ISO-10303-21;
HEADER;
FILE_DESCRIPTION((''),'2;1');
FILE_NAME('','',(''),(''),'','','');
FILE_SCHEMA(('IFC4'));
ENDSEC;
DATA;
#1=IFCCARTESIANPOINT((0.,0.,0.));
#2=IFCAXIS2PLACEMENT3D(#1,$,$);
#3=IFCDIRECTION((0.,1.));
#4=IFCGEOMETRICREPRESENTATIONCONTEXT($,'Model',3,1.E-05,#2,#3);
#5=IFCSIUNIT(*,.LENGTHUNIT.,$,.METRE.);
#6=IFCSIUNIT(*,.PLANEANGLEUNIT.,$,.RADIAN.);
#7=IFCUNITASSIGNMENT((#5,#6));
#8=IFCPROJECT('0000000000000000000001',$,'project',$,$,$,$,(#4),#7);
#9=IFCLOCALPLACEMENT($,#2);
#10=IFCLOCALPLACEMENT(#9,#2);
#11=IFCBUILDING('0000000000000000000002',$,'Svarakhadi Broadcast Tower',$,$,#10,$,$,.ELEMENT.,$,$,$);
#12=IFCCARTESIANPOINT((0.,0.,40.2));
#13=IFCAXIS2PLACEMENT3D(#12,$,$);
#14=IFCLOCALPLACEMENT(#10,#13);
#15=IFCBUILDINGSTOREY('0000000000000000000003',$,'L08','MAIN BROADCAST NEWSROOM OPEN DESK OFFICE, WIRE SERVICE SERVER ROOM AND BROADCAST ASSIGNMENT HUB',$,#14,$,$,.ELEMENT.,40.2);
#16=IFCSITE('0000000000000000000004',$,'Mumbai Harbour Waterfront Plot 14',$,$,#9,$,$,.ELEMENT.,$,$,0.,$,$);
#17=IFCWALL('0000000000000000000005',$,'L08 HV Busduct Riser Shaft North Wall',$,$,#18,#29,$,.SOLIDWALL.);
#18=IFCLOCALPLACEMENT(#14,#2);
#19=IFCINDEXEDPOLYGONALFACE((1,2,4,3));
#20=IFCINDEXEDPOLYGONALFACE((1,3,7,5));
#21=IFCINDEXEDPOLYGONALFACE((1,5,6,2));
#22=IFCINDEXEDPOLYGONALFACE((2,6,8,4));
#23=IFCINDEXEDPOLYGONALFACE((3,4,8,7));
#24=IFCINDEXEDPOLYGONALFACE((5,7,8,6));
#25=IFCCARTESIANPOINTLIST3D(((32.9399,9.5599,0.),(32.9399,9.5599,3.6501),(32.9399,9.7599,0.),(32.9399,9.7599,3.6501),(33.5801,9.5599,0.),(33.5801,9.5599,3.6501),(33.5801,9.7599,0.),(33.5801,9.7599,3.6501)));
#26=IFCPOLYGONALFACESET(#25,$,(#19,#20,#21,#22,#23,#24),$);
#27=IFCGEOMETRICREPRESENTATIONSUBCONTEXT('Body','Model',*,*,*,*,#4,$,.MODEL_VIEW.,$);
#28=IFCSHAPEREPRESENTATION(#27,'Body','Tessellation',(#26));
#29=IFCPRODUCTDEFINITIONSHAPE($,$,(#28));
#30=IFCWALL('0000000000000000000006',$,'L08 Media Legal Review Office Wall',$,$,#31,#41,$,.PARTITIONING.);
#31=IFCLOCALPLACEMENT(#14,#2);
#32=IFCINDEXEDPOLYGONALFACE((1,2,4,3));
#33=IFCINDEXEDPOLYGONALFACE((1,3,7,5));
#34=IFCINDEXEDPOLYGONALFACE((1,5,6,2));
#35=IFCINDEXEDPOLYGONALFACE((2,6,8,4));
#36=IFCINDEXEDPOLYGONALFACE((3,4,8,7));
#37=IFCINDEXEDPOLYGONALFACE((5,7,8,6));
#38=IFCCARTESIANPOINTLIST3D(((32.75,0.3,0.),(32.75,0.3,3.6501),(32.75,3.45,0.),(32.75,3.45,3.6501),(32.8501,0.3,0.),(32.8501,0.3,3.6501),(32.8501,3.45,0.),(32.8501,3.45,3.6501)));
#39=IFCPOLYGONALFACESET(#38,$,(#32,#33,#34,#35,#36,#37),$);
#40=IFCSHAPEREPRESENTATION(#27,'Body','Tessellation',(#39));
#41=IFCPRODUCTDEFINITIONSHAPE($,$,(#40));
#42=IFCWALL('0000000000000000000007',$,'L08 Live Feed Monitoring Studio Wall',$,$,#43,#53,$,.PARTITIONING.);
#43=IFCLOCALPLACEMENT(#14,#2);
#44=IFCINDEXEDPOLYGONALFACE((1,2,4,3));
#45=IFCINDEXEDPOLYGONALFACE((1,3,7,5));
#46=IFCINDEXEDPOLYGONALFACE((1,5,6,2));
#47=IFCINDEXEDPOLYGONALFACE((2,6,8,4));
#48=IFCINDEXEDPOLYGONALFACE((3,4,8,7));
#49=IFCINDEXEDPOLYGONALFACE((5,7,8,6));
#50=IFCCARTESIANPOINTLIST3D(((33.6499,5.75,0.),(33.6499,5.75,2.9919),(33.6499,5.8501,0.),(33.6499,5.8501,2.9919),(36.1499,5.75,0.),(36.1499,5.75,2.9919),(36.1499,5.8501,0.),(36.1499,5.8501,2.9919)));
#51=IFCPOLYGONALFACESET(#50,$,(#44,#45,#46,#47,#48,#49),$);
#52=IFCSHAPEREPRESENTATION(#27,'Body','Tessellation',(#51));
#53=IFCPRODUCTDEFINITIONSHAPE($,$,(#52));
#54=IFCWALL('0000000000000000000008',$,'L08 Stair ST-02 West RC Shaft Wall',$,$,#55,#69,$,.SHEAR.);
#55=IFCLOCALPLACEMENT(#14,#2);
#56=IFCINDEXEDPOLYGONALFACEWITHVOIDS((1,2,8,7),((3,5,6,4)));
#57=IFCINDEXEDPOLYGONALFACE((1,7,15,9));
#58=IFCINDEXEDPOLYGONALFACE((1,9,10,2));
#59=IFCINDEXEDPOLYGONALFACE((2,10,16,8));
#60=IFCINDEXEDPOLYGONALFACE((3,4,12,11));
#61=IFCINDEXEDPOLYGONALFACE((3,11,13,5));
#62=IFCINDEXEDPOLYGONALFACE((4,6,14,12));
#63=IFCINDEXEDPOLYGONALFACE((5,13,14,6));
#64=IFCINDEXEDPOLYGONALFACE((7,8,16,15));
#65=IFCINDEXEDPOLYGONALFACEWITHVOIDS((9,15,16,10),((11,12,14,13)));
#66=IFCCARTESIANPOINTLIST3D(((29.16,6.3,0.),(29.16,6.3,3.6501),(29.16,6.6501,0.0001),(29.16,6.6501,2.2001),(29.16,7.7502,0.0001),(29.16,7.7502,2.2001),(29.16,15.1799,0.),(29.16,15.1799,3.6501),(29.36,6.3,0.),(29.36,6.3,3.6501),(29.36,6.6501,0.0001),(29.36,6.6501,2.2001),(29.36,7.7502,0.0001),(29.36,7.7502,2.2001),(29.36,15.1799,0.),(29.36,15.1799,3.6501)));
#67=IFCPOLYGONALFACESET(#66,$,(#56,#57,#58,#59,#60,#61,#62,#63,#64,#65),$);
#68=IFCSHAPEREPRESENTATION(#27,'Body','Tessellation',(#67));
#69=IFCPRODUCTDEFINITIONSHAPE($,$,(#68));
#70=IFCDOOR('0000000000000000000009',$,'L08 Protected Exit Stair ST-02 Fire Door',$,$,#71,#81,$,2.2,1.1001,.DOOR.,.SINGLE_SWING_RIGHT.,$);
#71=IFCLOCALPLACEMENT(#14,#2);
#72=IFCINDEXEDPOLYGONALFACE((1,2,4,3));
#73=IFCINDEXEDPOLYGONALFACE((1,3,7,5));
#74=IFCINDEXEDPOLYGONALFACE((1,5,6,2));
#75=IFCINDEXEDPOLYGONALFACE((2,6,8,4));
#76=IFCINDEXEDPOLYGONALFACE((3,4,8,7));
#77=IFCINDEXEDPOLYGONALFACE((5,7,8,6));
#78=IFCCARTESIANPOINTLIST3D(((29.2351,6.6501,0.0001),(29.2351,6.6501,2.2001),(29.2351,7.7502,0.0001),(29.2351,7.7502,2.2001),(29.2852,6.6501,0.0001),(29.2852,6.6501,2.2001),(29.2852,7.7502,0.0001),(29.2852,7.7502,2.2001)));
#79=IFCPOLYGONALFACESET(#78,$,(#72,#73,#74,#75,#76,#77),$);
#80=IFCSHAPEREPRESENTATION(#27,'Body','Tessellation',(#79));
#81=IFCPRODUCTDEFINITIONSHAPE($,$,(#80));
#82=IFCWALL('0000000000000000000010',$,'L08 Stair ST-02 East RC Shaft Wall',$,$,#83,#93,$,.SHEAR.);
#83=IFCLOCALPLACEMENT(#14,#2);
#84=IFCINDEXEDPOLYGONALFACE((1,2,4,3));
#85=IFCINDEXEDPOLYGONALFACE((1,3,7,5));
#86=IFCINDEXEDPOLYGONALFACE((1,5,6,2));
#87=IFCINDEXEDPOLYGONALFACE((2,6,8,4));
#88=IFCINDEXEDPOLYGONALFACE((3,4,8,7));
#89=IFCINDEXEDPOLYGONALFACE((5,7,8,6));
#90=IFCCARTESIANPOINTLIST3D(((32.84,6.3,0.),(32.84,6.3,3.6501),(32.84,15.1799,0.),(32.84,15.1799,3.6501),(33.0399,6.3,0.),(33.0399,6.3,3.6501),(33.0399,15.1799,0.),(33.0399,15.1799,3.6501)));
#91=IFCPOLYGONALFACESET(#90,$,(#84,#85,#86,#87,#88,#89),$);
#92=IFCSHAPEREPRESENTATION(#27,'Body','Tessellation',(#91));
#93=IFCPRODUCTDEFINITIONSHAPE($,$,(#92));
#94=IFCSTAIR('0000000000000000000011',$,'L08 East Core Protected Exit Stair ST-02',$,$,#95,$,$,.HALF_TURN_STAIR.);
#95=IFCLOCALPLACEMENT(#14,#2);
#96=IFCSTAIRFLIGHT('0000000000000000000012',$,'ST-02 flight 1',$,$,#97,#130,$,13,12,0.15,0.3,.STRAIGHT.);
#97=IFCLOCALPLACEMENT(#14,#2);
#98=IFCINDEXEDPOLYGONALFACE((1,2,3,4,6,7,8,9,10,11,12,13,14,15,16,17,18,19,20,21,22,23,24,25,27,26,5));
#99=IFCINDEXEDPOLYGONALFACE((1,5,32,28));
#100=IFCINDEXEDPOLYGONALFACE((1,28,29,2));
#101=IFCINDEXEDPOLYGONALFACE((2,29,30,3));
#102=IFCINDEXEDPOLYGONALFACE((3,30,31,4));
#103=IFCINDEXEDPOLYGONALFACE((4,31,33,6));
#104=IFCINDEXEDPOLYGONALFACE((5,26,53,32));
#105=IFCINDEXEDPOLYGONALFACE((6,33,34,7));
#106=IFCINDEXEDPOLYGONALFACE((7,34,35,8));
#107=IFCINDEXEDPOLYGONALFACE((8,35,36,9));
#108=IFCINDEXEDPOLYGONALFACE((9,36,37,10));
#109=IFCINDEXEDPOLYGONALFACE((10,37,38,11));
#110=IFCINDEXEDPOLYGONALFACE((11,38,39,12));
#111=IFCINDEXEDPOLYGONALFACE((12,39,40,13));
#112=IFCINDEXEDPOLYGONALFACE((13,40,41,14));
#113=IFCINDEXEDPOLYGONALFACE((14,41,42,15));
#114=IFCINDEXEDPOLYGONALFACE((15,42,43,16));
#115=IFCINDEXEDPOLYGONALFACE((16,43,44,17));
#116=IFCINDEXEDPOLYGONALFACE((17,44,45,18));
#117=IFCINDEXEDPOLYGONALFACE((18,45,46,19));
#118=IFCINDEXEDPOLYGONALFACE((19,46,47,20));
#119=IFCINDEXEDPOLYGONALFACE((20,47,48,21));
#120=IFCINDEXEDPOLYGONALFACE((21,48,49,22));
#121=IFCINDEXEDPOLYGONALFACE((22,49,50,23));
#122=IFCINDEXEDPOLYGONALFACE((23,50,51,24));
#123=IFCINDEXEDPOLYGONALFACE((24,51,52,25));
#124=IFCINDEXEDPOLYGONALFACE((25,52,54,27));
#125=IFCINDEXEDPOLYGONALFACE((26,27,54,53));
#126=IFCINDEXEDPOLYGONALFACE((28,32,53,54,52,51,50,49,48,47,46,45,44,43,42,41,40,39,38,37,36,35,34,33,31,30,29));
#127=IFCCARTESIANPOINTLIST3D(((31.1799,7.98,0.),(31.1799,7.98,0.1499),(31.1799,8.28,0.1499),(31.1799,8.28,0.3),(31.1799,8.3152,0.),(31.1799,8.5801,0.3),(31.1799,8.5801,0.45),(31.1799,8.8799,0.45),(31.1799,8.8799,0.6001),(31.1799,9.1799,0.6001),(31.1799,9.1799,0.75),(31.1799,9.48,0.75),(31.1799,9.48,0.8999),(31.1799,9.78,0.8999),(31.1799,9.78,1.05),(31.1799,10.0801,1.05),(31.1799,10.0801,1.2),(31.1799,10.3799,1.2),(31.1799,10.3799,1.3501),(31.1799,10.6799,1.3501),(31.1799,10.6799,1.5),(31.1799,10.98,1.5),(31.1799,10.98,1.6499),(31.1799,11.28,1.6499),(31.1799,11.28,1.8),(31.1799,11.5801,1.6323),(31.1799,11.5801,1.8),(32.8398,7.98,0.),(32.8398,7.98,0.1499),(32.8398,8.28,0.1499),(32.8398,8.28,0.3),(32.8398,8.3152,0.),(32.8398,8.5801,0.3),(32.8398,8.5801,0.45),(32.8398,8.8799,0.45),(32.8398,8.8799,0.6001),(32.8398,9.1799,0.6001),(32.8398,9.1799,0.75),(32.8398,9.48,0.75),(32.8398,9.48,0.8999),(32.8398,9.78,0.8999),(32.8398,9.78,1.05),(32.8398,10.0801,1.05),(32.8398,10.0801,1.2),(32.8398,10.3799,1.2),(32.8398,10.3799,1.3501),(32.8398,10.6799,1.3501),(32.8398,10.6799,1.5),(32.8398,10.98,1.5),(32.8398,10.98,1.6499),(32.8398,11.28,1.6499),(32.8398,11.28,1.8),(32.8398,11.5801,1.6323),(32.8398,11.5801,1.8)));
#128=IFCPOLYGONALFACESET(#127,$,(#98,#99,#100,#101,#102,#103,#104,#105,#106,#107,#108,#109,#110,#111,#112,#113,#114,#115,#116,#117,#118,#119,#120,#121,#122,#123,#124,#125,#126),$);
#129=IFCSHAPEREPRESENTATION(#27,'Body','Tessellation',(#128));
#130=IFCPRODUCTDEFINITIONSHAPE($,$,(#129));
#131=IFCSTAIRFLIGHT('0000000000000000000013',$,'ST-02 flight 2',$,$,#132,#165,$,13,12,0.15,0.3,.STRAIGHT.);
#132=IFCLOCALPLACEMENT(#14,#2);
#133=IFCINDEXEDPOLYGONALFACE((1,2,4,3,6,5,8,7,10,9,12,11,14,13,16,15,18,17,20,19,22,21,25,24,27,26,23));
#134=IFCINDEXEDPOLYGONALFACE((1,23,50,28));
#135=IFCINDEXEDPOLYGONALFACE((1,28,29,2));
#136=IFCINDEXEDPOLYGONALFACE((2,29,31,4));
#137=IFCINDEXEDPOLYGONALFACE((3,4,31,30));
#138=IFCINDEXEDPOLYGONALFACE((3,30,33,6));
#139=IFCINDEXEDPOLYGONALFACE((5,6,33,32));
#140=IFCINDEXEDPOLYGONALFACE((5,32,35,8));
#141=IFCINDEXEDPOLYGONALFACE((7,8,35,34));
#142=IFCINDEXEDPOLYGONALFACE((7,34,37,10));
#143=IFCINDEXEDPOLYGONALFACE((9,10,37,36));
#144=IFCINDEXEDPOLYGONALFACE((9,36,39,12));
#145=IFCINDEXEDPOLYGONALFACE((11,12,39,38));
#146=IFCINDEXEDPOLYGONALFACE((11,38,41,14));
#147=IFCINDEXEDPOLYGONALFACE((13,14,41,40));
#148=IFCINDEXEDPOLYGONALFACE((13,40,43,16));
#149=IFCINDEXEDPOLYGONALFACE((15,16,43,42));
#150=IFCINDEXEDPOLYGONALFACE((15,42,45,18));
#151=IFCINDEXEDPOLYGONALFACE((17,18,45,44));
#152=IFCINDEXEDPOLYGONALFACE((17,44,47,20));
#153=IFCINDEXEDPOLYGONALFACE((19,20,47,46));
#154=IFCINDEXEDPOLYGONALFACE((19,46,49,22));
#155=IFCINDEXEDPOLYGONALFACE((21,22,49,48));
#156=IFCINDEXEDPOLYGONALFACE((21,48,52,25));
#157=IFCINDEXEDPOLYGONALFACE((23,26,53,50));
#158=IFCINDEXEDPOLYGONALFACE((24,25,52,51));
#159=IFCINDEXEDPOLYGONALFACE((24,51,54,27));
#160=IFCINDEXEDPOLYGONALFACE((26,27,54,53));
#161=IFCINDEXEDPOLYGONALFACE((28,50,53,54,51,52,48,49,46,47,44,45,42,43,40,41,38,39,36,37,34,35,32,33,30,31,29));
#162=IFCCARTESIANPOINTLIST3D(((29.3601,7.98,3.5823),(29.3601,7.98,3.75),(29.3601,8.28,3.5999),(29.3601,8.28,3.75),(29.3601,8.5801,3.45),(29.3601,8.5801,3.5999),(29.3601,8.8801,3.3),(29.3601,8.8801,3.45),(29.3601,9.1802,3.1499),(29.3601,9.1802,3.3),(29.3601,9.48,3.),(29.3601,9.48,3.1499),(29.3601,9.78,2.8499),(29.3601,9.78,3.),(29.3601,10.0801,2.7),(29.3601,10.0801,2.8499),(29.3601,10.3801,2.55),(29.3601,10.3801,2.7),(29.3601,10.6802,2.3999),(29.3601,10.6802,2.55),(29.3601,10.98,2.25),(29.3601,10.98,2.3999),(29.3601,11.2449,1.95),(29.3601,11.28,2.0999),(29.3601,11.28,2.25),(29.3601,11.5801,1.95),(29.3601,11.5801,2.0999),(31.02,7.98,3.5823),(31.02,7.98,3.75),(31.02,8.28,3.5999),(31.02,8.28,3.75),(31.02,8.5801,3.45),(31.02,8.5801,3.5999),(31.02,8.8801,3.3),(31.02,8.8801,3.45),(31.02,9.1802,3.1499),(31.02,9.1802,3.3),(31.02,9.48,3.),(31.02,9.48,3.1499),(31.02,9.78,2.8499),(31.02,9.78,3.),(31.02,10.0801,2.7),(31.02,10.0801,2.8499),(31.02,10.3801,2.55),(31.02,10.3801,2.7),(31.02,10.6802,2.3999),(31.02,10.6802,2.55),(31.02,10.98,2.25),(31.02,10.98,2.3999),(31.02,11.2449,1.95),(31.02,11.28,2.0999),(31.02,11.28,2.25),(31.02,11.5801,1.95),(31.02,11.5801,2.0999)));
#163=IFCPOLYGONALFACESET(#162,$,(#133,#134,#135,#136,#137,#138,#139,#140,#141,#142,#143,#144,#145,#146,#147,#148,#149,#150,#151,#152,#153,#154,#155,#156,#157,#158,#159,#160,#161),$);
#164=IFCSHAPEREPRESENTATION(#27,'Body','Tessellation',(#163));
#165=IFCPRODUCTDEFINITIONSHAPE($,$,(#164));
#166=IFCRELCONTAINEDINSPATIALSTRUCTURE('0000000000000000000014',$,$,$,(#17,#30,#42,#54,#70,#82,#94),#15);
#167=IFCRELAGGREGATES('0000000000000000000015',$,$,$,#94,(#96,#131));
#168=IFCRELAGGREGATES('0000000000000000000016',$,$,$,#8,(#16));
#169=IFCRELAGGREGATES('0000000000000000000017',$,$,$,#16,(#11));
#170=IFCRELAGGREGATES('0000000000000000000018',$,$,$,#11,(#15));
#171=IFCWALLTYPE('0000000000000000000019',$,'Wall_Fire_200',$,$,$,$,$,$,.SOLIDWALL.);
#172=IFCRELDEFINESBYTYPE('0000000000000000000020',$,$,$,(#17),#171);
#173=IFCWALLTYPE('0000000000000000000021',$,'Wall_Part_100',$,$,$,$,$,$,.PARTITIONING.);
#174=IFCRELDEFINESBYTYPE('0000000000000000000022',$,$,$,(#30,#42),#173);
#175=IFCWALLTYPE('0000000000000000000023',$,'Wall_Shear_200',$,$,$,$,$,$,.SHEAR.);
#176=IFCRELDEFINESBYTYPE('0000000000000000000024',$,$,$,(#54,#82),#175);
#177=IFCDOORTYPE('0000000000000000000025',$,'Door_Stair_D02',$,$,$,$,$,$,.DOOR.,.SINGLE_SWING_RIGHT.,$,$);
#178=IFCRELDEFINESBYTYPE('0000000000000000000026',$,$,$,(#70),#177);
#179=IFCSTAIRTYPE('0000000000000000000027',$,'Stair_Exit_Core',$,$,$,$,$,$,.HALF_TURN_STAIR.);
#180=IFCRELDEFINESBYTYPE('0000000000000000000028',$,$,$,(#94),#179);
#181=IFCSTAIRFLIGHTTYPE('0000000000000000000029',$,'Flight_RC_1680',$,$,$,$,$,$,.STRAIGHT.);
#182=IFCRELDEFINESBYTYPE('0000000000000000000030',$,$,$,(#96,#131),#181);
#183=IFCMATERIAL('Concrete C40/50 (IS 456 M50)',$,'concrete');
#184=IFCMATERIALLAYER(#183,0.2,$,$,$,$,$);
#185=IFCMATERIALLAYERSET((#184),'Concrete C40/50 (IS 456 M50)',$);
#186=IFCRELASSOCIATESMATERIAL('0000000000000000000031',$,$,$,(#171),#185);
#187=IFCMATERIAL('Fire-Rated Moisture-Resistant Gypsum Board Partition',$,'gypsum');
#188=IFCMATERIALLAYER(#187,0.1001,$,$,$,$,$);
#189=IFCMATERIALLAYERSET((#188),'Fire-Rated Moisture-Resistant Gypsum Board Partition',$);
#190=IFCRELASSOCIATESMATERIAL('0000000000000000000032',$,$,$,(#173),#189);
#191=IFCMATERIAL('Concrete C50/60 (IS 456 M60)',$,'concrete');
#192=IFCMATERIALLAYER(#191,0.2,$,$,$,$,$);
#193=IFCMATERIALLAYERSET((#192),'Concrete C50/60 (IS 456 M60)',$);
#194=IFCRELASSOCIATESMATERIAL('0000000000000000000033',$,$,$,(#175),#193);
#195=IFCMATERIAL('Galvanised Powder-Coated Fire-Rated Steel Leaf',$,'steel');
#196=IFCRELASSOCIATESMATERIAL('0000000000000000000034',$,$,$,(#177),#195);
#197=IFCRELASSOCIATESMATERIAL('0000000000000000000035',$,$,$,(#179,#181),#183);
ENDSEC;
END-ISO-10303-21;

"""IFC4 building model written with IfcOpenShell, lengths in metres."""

from ifc_helpers import new_model, si_unit, direction, frame, frame_2d, origin, place, context, subcontext, project, spatial, polyline, rectangle, outline, extrude, material, layer, layer_set, type_object, element, fill, aggregate, save


model = new_model("IFC4")

# Units and contexts
model_context = context("Model", 3, precision=1e-05, world=origin(), true_north=direction((0.0, 1.0)))
body_context = subcontext(model_context, "Body", "Model", "MODEL_VIEW")
ifc_project = project(units=[si_unit("LENGTHUNIT", "METRE"), si_unit("PLANEANGLEUNIT", "RADIAN")], contexts=[model_context])

# Site, building, storey
site_placement = place(None, origin())
site = spatial("IfcSite", under=ifc_project, at=site_placement, Name="Mumbai Harbour Waterfront Plot 14", CompositionType="ELEMENT", RefElevation=0.0)
building_placement = place(site_placement, origin())
building = spatial("IfcBuilding", under=site, at=building_placement, Name="Svarakhadi Broadcast Tower", CompositionType="ELEMENT")
storey_placement = place(building_placement, frame((0.0, 0.0, 40.2)))
storey = spatial("IfcBuildingStorey", under=building, at=storey_placement, Name="L08", Description="MAIN BROADCAST NEWSROOM OPEN DESK OFFICE, WIRE SERVICE SERVER ROOM AND BROADCAST ASSIGNMENT HUB", CompositionType="ELEMENT", Elevation=40.2)

# Shared definitions
ifc_material_1 = material(Name="Concrete C50/60 (IS 456 M60)", Category="concrete")

# Walls
ifc_material_2 = material(Name="Concrete C40/50 (IS 456 M50)", Category="concrete")
ifc_layer_1 = layer(ifc_material_2, 0.2)
ifc_layer_set_1 = layer_set([ifc_layer_1], Name="Concrete C40/50 (IS 456 M50)")
wall_type_1 = type_object("IfcWallType", Name="Wall_Fire_200", PredefinedType="SOLIDWALL", material=ifc_layer_set_1)
wall_1_placement = place(storey_placement, frame((32.9399, 9.6599, 0.0), z_axis=(0.0, 0.0, 1.0), x_axis=(1.0, 0.0, 0.0)))
element("IfcWall", 1, at=wall_1_placement, inside=storey, type_object=wall_type_1, Name="L08 HV Busduct Riser Shaft North Wall", PredefinedType="SOLIDWALL", context=body_context, shape_type="SweptSolid", body=[
    extrude(rectangle(XDim=0.6401, YDim=0.2, at=frame_2d((0.3201, 0.0))), origin(), (0.0, 0.0, 1.0), 3.6501),
])
ifc_material_3 = material(Name="Fire-Rated Moisture-Resistant Gypsum Board Partition", Category="gypsum")
ifc_layer_2 = layer(ifc_material_3, 0.1001)
ifc_layer_set_2 = layer_set([ifc_layer_2], Name="Fire-Rated Moisture-Resistant Gypsum Board Partition")
wall_type_2 = type_object("IfcWallType", Name="Wall_Part_100", PredefinedType="PARTITIONING", material=ifc_layer_set_2)
wall_2_placement = place(storey_placement, frame((32.8, 0.3, 0.0), z_axis=(0.0, 0.0, 1.0), x_axis=(0.0, 1.0, 0.0)))
element("IfcWall", 2, at=wall_2_placement, inside=storey, type_object=wall_type_2, Name="L08 Media Legal Review Office Wall", PredefinedType="PARTITIONING", context=body_context, shape_type="SweptSolid", body=[
    extrude(rectangle(XDim=3.1499, YDim=0.1001, at=frame_2d((1.575, 0.0))), origin(), (0.0, 0.0, 1.0), 3.6501),
])
wall_3_placement = place(storey_placement, frame((33.6499, 5.8, 0.0), z_axis=(0.0, 0.0, 1.0), x_axis=(1.0, 0.0, 0.0)))
element("IfcWall", 3, at=wall_3_placement, inside=storey, type_object=wall_type_2, Name="L08 Live Feed Monitoring Studio Wall", PredefinedType="PARTITIONING", context=body_context, shape_type="SweptSolid", body=[
    extrude(rectangle(XDim=2.5, YDim=0.1001, at=frame_2d((1.25, 0.0))), origin(), (0.0, 0.0, 1.0), 2.9919),
])

# Wall, opening, door
ifc_layer_3 = layer(ifc_material_1, 0.2)
ifc_layer_set_3 = layer_set([ifc_layer_3], Name="Concrete C50/60 (IS 456 M60)")
wall_type_3 = type_object("IfcWallType", Name="Wall_Shear_200", PredefinedType="SHEAR", material=ifc_layer_set_3)
wall_4_placement = place(storey_placement, frame((29.26, 6.3, 0.0), z_axis=(0.0, 0.0, 1.0), x_axis=(0.0, 1.0, 0.0)))
wall_4 = element("IfcWall", 4, at=wall_4_placement, inside=storey, type_object=wall_type_3, Name="L08 Stair ST-02 West RC Shaft Wall", PredefinedType="SHEAR", context=body_context, shape_type="SweptSolid", body=[
    extrude(rectangle(XDim=8.8799, YDim=0.2, at=frame_2d((4.4399, 0.0))), origin(), (0.0, 0.0, 1.0), 3.6501),
])
opening_1_placement = place(wall_4_placement, frame((0.3501, 0.0, 0.0)))
opening_1 = element("IfcOpeningElement", 5, at=opening_1_placement, cuts=wall_4, PredefinedType="OPENING", context=body_context, shape_type="SweptSolid", body=[
    extrude(rectangle(XDim=1.1001, YDim=2.2, at=frame_2d((0.55, 1.1001))), frame((0.0, 0.1099, 0.0), z_axis=(0.0, -1.0, 0.0), x_axis=(1.0, 0.0, 0.0)), (0.0, 0.0, 1.0), 0.22),
])
ifc_material_4 = material(Name="Galvanised Powder-Coated Fire-Rated Steel Leaf", Category="steel")
door_type_1 = type_object("IfcDoorType", Name="Door_Stair_D02", OperationType="SINGLE_SWING_RIGHT", PredefinedType="DOOR", material=ifc_material_4)
door_1_placement = place(opening_1_placement, origin())
door_1 = element("IfcDoor", 6, at=door_1_placement, inside=storey, type_object=door_type_1, Name="L08 Protected Exit Stair ST-02 Fire Door", OperationType="SINGLE_SWING_RIGHT", OverallHeight=2.2, OverallWidth=1.1001, PredefinedType="DOOR", context=body_context, shape_type="SweptSolid", body=[
    extrude(rectangle(XDim=1.1001, YDim=2.2, at=frame_2d((0.55, 1.1001))), frame((0.0, 0.0249, 0.0), z_axis=(0.0, -1.0, 0.0), x_axis=(1.0, 0.0, 0.0)), (0.0, 0.0, 1.0), 0.05),
])
fill(opening_1, door_1)

# Wall
wall_5_placement = place(storey_placement, frame((32.9399, 6.3, 0.0), z_axis=(0.0, 0.0, 1.0), x_axis=(0.0, 1.0, 0.0)))
element("IfcWall", 7, at=wall_5_placement, inside=storey, type_object=wall_type_3, Name="L08 Stair ST-02 East RC Shaft Wall", PredefinedType="SHEAR", context=body_context, shape_type="SweptSolid", body=[
    extrude(rectangle(XDim=8.8799, YDim=0.2, at=frame_2d((4.4399, 0.0))), origin(), (0.0, 0.0, 1.0), 3.6501),
])

# Stair, stair flights
stair_type = type_object("IfcStairType", Name="Stair_Exit_Core", PredefinedType="HALF_TURN_STAIR", material=ifc_material_2)
stair_placement = place(storey_placement, origin())
stair = element("IfcStair", 8, at=stair_placement, inside=storey, type_object=stair_type, Name="L08 East Core Protected Exit Stair ST-02", PredefinedType="HALF_TURN_STAIR")
stair_flight_type = type_object("IfcStairFlightType", Name="Flight_RC_1680", PredefinedType="STRAIGHT", material=ifc_material_2)
stair_flight_1_placement = place(storey_placement, frame((32.01, 7.98, 0.0), z_axis=(0.0, 0.0, 1.0), x_axis=(0.0, 1.0, 0.0)))
stair_flight_1 = element("IfcStairFlight", 9, at=stair_flight_1_placement, type_object=stair_flight_type, Name="ST-02 flight 1", NumberOfRisers=13, NumberOfTreads=12, PredefinedType="STRAIGHT", RiserHeight=0.15, TreadLength=0.3, context=body_context, shape_type="SweptSolid", body=[
    extrude(outline(polyline([(0.0, 0.0), (0.0, 0.1499), (0.3, 0.1499), (0.3, 0.3), (0.6001, 0.3), (0.6001, 0.45), (0.8999, 0.45), (0.8999, 0.6001), (1.2, 0.6001), (1.2, 0.75), (1.5, 0.75), (1.5, 0.8999), (1.8, 0.8999), (1.8, 1.05), (2.1001, 1.05), (2.1001, 1.2), (2.3999, 1.2), (2.3999, 1.3501), (2.7, 1.3501), (2.7, 1.5), (3.0, 1.5), (3.0, 1.6499), (3.3, 1.6499), (3.3, 1.8), (3.6001, 1.8), (3.6001, 1.95), (3.6001, 1.6323), (0.3352, 0.0), (0.0, 0.0)])), frame((0.0, 0.8301, 0.0), z_axis=(0.0, -1.0, 0.0), x_axis=(1.0, 0.0, 0.0)), (0.0, 0.0, 1.0), 1.6599),
])
stair_flight_2_placement = place(storey_placement, frame((30.1899, 11.5801, 1.95), z_axis=(0.0, 0.0, 1.0), x_axis=(0.0, -1.0, 0.0)))
stair_flight_2 = element("IfcStairFlight", 10, at=stair_flight_2_placement, type_object=stair_flight_type, Name="ST-02 flight 2", NumberOfRisers=13, NumberOfTreads=12, PredefinedType="STRAIGHT", RiserHeight=0.15, TreadLength=0.3, context=body_context, shape_type="SweptSolid", body=[
    extrude(outline(polyline([(0.0, 0.0), (0.0, 0.1499), (0.3, 0.1499), (0.3, 0.3), (0.6001, 0.3), (0.6001, 0.45), (0.8999, 0.45), (0.8999, 0.6001), (1.2, 0.6001), (1.2, 0.75), (1.5, 0.75), (1.5, 0.8999), (1.8, 0.8999), (1.8, 1.05), (2.1001, 1.05), (2.1001, 1.2), (2.3999, 1.2), (2.3999, 1.3501), (2.7, 1.3501), (2.7, 1.5), (3.0, 1.5), (3.0, 1.6499), (3.3, 1.6499), (3.3, 1.8), (3.6001, 1.8), (3.6001, 1.95), (3.6001, 1.6323), (0.3352, 0.0), (0.0, 0.0)])), frame((0.0, 0.8301, 0.0), z_axis=(0.0, -1.0, 0.0), x_axis=(1.0, 0.0, 0.0)), (0.0, 0.0, 1.0), 1.6599),
])
aggregate(stair, [stair_flight_1, stair_flight_2])

save(model, "model.ifc")
